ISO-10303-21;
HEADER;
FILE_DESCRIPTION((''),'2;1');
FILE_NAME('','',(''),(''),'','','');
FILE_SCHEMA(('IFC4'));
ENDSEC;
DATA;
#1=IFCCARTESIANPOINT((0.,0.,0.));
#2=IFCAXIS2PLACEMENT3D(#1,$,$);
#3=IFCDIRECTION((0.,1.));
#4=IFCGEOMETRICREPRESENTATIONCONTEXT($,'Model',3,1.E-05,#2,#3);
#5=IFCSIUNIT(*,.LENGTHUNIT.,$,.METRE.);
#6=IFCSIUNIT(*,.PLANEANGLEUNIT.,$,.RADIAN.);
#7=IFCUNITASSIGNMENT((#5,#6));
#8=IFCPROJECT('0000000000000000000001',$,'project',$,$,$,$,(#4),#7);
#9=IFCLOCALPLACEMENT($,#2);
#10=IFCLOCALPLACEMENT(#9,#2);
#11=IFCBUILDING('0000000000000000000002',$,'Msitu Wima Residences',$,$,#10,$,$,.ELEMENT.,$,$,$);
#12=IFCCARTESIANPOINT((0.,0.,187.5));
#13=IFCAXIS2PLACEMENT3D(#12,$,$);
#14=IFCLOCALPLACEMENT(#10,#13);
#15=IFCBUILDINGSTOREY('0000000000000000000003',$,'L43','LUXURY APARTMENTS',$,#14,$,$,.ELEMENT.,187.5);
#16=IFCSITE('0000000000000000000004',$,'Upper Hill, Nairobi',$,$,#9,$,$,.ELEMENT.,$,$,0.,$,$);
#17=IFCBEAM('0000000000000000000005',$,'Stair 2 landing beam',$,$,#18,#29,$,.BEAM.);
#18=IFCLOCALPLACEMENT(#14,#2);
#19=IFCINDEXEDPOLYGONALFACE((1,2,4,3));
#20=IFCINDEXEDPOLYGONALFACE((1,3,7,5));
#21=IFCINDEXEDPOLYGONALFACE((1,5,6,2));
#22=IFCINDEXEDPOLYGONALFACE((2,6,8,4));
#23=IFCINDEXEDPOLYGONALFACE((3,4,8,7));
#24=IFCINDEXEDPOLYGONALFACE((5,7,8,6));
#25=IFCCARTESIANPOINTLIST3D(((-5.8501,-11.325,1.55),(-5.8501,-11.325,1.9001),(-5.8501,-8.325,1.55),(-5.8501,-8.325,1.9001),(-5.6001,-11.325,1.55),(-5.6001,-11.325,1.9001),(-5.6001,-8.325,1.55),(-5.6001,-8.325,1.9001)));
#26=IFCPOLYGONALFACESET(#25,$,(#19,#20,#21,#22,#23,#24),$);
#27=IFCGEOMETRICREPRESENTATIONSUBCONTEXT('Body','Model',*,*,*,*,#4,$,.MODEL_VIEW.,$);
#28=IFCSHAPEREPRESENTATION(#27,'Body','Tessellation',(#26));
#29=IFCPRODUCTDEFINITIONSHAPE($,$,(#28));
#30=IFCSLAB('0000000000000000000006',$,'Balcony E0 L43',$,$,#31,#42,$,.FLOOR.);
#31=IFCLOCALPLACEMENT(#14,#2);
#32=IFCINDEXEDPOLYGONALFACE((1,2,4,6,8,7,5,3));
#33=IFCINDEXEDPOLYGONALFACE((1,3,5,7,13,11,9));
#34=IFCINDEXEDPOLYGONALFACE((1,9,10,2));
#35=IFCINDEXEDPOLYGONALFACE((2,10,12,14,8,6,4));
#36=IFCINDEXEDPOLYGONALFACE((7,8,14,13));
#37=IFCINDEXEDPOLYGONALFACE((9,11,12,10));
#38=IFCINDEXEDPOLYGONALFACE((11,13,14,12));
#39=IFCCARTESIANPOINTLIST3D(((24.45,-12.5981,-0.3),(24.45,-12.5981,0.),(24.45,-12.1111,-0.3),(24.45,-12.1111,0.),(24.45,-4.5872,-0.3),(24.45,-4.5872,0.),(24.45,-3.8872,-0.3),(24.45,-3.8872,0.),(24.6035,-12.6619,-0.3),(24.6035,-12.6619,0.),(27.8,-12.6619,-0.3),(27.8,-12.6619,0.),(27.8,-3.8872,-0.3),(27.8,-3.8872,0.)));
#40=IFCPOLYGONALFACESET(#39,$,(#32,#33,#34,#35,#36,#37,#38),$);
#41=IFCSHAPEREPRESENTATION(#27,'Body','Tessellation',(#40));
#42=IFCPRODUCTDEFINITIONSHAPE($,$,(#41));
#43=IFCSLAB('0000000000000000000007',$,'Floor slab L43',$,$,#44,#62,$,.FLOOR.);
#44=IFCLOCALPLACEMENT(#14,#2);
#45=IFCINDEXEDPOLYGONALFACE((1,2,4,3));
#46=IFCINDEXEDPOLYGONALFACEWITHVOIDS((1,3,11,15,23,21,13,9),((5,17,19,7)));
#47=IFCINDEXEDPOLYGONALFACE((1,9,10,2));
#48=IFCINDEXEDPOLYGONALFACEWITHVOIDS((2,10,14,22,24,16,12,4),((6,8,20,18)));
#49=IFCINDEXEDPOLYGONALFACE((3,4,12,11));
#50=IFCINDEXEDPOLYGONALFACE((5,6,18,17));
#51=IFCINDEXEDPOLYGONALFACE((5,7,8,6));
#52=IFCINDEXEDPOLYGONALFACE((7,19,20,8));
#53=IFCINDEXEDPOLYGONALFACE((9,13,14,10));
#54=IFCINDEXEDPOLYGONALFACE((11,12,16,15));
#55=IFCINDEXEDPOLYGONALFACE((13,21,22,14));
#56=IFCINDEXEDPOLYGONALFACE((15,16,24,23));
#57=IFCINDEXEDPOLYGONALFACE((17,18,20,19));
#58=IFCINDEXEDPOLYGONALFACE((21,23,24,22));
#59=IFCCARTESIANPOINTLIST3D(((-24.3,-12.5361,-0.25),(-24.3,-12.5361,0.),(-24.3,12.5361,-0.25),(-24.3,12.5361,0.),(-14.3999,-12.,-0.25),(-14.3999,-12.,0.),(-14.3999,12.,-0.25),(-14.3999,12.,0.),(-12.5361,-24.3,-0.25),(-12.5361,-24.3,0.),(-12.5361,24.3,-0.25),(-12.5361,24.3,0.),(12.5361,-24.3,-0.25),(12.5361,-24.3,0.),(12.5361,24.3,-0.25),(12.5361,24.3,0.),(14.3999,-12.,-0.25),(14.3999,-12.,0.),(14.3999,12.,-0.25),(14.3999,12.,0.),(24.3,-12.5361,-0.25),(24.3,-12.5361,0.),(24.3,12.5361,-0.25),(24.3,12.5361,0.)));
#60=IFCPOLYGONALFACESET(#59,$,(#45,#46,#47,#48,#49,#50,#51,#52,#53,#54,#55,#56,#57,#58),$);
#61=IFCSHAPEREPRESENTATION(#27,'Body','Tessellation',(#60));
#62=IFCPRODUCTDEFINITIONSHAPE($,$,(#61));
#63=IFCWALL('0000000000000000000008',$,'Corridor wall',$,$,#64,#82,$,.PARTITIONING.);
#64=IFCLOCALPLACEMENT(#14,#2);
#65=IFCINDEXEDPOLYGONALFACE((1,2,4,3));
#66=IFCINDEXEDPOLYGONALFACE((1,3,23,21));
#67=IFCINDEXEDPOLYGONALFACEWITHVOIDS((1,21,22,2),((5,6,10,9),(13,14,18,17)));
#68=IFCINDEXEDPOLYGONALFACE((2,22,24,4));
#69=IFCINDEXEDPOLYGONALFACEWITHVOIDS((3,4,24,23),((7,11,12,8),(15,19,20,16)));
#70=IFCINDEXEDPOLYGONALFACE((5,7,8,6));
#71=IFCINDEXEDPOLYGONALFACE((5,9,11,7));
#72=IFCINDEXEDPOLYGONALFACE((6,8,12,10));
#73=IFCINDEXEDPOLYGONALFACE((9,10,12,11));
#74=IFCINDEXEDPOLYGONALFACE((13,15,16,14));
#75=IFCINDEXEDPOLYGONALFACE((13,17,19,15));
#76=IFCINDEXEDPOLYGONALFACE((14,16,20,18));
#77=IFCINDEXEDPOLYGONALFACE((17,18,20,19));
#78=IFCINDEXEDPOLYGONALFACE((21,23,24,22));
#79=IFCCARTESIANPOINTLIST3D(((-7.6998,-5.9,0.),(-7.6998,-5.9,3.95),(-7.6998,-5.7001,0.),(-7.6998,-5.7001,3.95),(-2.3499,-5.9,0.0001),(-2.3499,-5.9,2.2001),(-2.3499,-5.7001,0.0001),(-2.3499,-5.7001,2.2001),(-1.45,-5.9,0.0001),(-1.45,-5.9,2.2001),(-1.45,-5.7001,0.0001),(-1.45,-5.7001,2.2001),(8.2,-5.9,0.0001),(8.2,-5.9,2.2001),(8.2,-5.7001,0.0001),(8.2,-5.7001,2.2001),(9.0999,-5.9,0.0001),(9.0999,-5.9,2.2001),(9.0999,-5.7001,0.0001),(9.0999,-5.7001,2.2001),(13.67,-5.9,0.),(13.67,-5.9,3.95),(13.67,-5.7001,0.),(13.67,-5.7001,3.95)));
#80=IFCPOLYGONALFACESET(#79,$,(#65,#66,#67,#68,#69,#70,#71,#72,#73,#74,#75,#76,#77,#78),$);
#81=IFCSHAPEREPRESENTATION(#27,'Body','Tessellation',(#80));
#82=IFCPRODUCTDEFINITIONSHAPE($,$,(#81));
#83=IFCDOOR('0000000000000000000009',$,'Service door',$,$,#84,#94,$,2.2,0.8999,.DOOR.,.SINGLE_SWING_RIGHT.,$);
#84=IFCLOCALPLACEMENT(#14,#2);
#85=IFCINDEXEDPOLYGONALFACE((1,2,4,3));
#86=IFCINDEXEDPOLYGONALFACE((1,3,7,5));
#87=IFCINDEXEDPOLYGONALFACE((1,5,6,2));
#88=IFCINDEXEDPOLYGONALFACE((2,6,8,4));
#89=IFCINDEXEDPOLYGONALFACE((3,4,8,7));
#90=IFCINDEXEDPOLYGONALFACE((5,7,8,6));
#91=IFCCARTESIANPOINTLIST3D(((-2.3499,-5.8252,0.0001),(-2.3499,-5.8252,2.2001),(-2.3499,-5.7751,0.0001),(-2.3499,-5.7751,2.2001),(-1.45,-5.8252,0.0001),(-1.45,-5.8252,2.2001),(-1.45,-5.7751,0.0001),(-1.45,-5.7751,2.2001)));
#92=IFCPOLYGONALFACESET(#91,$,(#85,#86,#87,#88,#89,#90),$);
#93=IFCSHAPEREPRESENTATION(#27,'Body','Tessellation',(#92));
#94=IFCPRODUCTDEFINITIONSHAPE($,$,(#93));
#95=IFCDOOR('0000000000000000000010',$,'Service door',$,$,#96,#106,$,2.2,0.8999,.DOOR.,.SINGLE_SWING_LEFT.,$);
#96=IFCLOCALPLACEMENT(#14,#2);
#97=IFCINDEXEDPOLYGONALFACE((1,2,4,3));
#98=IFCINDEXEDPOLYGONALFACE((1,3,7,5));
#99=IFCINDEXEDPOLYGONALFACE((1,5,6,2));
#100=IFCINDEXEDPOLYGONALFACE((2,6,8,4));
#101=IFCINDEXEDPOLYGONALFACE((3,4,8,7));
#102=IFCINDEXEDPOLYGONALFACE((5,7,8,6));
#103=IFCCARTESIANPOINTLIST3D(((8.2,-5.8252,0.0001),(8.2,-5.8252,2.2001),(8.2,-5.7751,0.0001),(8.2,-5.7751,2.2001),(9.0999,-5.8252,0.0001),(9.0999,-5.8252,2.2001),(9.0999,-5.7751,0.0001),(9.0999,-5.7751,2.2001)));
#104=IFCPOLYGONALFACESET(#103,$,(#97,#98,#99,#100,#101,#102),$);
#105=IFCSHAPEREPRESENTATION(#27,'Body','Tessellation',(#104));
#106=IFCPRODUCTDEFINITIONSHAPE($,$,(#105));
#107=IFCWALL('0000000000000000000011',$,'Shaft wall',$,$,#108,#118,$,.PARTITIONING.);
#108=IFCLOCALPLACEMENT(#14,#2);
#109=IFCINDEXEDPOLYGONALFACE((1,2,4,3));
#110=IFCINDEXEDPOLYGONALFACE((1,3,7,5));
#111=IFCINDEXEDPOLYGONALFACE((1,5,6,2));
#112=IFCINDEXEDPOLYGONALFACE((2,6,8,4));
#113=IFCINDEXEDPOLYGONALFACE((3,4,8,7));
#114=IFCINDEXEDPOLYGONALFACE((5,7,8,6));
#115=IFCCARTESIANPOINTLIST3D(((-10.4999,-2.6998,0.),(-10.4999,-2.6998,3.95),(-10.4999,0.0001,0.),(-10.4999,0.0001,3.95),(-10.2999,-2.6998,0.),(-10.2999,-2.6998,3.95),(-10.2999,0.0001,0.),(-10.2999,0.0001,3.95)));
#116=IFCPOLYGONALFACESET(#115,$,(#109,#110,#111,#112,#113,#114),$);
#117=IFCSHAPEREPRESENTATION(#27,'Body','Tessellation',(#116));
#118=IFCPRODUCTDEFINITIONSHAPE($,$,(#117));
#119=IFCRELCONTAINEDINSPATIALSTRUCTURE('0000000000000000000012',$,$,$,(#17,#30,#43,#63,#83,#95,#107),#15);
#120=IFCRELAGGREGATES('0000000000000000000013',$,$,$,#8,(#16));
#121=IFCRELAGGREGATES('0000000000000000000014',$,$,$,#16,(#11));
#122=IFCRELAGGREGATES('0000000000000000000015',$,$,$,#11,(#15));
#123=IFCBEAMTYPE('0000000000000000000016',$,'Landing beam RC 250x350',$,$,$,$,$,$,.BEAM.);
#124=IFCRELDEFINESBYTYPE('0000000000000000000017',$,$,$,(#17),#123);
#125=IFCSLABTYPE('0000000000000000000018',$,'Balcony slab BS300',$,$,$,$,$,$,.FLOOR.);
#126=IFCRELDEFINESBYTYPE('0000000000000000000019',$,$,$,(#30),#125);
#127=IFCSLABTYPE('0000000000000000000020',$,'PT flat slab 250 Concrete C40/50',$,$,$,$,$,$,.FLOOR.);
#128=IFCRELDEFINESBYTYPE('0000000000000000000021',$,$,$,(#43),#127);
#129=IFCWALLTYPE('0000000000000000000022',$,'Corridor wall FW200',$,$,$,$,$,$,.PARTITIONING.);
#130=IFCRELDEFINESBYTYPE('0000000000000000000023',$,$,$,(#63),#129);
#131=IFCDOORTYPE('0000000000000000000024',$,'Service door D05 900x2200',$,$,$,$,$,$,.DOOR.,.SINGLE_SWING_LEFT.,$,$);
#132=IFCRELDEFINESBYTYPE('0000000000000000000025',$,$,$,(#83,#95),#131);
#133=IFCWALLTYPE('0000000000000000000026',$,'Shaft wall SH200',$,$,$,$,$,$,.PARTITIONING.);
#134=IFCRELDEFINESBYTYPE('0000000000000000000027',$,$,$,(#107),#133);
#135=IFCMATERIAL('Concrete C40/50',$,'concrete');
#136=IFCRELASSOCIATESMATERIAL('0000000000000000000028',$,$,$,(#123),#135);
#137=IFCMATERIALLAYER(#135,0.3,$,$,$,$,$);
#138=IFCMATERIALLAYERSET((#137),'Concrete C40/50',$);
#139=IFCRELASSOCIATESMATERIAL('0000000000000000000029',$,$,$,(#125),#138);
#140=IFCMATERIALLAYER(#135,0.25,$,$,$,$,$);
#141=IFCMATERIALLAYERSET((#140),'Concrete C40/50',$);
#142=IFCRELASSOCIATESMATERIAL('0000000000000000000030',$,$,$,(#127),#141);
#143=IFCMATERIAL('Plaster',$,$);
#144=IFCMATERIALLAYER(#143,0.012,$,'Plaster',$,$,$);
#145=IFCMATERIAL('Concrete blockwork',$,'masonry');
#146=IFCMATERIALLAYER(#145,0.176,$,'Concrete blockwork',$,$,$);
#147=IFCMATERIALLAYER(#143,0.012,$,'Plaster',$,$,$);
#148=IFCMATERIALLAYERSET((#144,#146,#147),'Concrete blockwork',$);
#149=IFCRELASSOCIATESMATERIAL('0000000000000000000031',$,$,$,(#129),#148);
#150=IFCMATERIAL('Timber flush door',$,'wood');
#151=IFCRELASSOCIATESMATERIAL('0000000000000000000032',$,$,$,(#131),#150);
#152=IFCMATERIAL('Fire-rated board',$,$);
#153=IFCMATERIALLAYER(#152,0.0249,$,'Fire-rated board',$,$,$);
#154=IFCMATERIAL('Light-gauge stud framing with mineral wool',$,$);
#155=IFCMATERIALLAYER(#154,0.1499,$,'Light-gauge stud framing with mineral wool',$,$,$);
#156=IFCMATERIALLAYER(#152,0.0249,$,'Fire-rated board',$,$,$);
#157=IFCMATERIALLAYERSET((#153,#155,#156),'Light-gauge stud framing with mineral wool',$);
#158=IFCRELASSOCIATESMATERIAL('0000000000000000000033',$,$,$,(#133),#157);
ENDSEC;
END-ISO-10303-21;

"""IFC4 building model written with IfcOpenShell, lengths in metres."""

from ifc_helpers import new_model, si_unit, direction, frame, frame_2d, origin, origin_2d, place, context, subcontext, project, spatial, polyline, rectangle, outline, extrude, material, layer, layer_set, material_profile, profile_set, type_object, element, fill, save


model = new_model("IFC4")

# Units and contexts
model_context = context("Model", 3, precision=1e-05, world=origin(), true_north=direction((0.0, 1.0)))
body_context = subcontext(model_context, "Body", "Model", "MODEL_VIEW")
ifc_project = project(units=[si_unit("LENGTHUNIT", "METRE"), si_unit("PLANEANGLEUNIT", "RADIAN")], contexts=[model_context])

# Site, building, storey
site_placement = place(None, origin())
site = spatial("IfcSite", under=ifc_project, at=site_placement, Name="Upper Hill, Nairobi", CompositionType="ELEMENT", RefElevation=0.0)
building_placement = place(site_placement, origin())
building = spatial("IfcBuilding", under=site, at=building_placement, Name="Msitu Wima Residences", CompositionType="ELEMENT")
storey_placement = place(building_placement, frame((0.0, 0.0, 187.5)))
storey = spatial("IfcBuildingStorey", under=building, at=storey_placement, Name="L43", Description="LUXURY APARTMENTS", CompositionType="ELEMENT", Elevation=187.5)

# Beam
ifc_material_1 = material(Name="Concrete C40/50", Category="concrete")
ifc_material_profile = material_profile(ifc_material_1, rectangle(XDim=0.25, YDim=0.3501, at=origin_2d()), Name="RC 250x350")
ifc_profile_set = profile_set([ifc_material_profile], Name="Concrete C40/50")
beam_type = type_object("IfcBeamType", Name="Landing beam RC 250x350", PredefinedType="BEAM", material=ifc_profile_set)
beam_placement = place(storey_placement, frame((-5.7251, -11.325, 1.7251), z_axis=(0.0, 1.0, 0.0), x_axis=(-1.0, 0.0, 0.0)))
element("IfcBeam", 1, at=beam_placement, inside=storey, type_object=beam_type, Name="Stair 2 landing beam", PredefinedType="BEAM", context=body_context, shape_type="SweptSolid", body=[
    extrude(rectangle(XDim=0.25, YDim=0.3501, at=origin_2d()), origin(), (0.0, 0.0, 1.0), 3.0),
])

# Slabs
ifc_layer_1 = layer(ifc_material_1, 0.3)
ifc_layer_set_1 = layer_set([ifc_layer_1], Name="Concrete C40/50")
slab_type_1 = type_object("IfcSlabType", Name="Balcony slab BS300", PredefinedType="FLOOR", material=ifc_layer_set_1)
slab_1_placement = place(storey_placement, frame((0.0, 0.0, -0.3)))
element("IfcSlab", 2, at=slab_1_placement, inside=storey, type_object=slab_type_1, Name="Balcony E0 L43", PredefinedType="FLOOR", context=body_context, shape_type="SweptSolid", body=[
    extrude(outline(polyline([(24.45, -12.1111), (24.45, -12.1111), (24.45, -4.5872), (24.45, -4.5872), (24.45, -3.8872), (27.8, -3.8872), (27.8, -12.6619), (24.6035, -12.6619), (24.45, -12.5981), (24.45, -12.1111), (24.45, -12.1111)])), origin(), (0.0, 0.0, 1.0), 0.3),
])
ifc_layer_2 = layer(ifc_material_1, 0.25)
ifc_layer_set_2 = layer_set([ifc_layer_2], Name="Concrete C40/50")
slab_type_2 = type_object("IfcSlabType", Name="PT flat slab 250 Concrete C40/50", PredefinedType="FLOOR", material=ifc_layer_set_2)
slab_2_placement = place(storey_placement, frame((0.0, 0.0, -0.25)))
element("IfcSlab", 3, at=slab_2_placement, inside=storey, type_object=slab_type_2, Name="Floor slab L43", PredefinedType="FLOOR", context=body_context, shape_type="SweptSolid", body=[
    extrude(outline(polyline([(24.3, -12.5361), (12.5361, -24.3), (-12.5361, -24.3), (-24.3, -12.5361), (-24.3, 12.5361), (-12.5361, 24.3), (12.5361, 24.3), (24.3, 12.5361), (24.3, -12.5361)]), holes=[polyline([(-14.3999, -12.0), (14.3999, -12.0), (14.3999, 12.0), (-14.3999, 12.0), (-14.3999, -12.0)])]), origin(), (0.0, 0.0, 1.0), 0.25),
])

# Shared definitions
ifc_material_2 = material(Name="Plaster")
ifc_layer_3 = layer(ifc_material_2, 0.012, Name="Plaster")
ifc_material_3 = material(Name="Concrete blockwork", Category="masonry")
ifc_layer_4 = layer(ifc_material_3, 0.176, Name="Concrete blockwork")
ifc_layer_5 = layer(ifc_material_2, 0.012, Name="Plaster")
ifc_layer_set_3 = layer_set([ifc_layer_3, ifc_layer_4, ifc_layer_5], Name="Concrete blockwork")
wall_type_1 = type_object("IfcWallType", Name="Corridor wall FW200", PredefinedType="PARTITIONING", material=ifc_layer_set_3)

# Wall, openings, doors
wall_1_placement = place(storey_placement, frame((-7.7, -5.8, 0.0), z_axis=(0.0, 0.0, 1.0), x_axis=(1.0, 0.0, 0.0)))
wall_1 = element("IfcWall", 4, at=wall_1_placement, inside=storey, type_object=wall_type_1, Name="Corridor wall", PredefinedType="PARTITIONING", context=body_context, shape_type="SweptSolid", body=[
    extrude(rectangle(XDim=21.3699, YDim=0.2, at=frame_2d((10.6851, 0.0))), origin(), (0.0, 0.0, 1.0), 3.95),
])
opening_1_placement = place(wall_1_placement, frame((5.3501, 0.0, 0.0)))
opening_1 = element("IfcOpeningElement", 5, at=opening_1_placement, cuts=wall_1, PredefinedType="OPENING", context=body_context, shape_type="SweptSolid", body=[
    extrude(rectangle(XDim=0.8999, YDim=2.2, at=frame_2d((0.45, 1.1001))), frame((0.0, 0.1099, 0.0), z_axis=(0.0, -1.0, 0.0), x_axis=(1.0, 0.0, 0.0)), (0.0, 0.0, 1.0), 0.22),
])
opening_2_placement = place(wall_1_placement, frame((15.8999, 0.0, 0.0)))
opening_2 = element("IfcOpeningElement", 6, at=opening_2_placement, cuts=wall_1, PredefinedType="OPENING", context=body_context, shape_type="SweptSolid", body=[
    extrude(rectangle(XDim=0.8999, YDim=2.2, at=frame_2d((0.45, 1.1001))), frame((0.0, 0.1099, 0.0), z_axis=(0.0, -1.0, 0.0), x_axis=(1.0, 0.0, 0.0)), (0.0, 0.0, 1.0), 0.22),
])
ifc_material_4 = material(Name="Timber flush door", Category="wood")
door_type_1 = type_object("IfcDoorType", Name="Service door D05 900x2200", OperationType="SINGLE_SWING_LEFT", PredefinedType="DOOR", material=ifc_material_4)
door_1_placement = place(opening_1_placement, origin())
door_1 = element("IfcDoor", 7, at=door_1_placement, inside=storey, type_object=door_type_1, Name="Service door", OperationType="SINGLE_SWING_RIGHT", OverallHeight=2.2, OverallWidth=0.8999, PredefinedType="DOOR", context=body_context, shape_type="SweptSolid", body=[
    extrude(rectangle(XDim=0.8999, YDim=2.2, at=frame_2d((0.45, 1.1001))), frame((0.0, 0.0249, 0.0), z_axis=(0.0, -1.0, 0.0), x_axis=(1.0, 0.0, 0.0)), (0.0, 0.0, 1.0), 0.05),
])
fill(opening_1, door_1)
door_2_placement = place(opening_2_placement, origin())
door_2 = element("IfcDoor", 8, at=door_2_placement, inside=storey, type_object=door_type_1, Name="Service door", OperationType="SINGLE_SWING_LEFT", OverallHeight=2.2, OverallWidth=0.8999, PredefinedType="DOOR", context=body_context, shape_type="SweptSolid", body=[
    extrude(rectangle(XDim=0.8999, YDim=2.2, at=frame_2d((0.45, 1.1001))), frame((0.0, 0.0249, 0.0), z_axis=(0.0, -1.0, 0.0), x_axis=(1.0, 0.0, 0.0)), (0.0, 0.0, 1.0), 0.05),
])
fill(opening_2, door_2)

# Wall
ifc_material_5 = material(Name="Fire-rated board")
ifc_layer_6 = layer(ifc_material_5, 0.0249, Name="Fire-rated board")
ifc_material_6 = material(Name="Light-gauge stud framing with mineral wool")
ifc_layer_7 = layer(ifc_material_6, 0.1499, Name="Light-gauge stud framing with mineral wool")
ifc_layer_8 = layer(ifc_material_5, 0.0249, Name="Fire-rated board")
ifc_layer_set_4 = layer_set([ifc_layer_6, ifc_layer_7, ifc_layer_8], Name="Light-gauge stud framing with mineral wool")
wall_type_2 = type_object("IfcWallType", Name="Shaft wall SH200", PredefinedType="PARTITIONING", material=ifc_layer_set_4)
wall_2_placement = place(storey_placement, frame((-10.3999, -2.7, 0.0), z_axis=(0.0, 0.0, 1.0), x_axis=(0.0, 1.0, 0.0)))
element("IfcWall", 9, at=wall_2_placement, inside=storey, type_object=wall_type_2, Name="Shaft wall", PredefinedType="PARTITIONING", context=body_context, shape_type="SweptSolid", body=[
    extrude(rectangle(XDim=2.7, YDim=0.2, at=frame_2d((1.3501, 0.0))), origin(), (0.0, 0.0, 1.0), 3.95),
])

save(model, "model.ifc")
